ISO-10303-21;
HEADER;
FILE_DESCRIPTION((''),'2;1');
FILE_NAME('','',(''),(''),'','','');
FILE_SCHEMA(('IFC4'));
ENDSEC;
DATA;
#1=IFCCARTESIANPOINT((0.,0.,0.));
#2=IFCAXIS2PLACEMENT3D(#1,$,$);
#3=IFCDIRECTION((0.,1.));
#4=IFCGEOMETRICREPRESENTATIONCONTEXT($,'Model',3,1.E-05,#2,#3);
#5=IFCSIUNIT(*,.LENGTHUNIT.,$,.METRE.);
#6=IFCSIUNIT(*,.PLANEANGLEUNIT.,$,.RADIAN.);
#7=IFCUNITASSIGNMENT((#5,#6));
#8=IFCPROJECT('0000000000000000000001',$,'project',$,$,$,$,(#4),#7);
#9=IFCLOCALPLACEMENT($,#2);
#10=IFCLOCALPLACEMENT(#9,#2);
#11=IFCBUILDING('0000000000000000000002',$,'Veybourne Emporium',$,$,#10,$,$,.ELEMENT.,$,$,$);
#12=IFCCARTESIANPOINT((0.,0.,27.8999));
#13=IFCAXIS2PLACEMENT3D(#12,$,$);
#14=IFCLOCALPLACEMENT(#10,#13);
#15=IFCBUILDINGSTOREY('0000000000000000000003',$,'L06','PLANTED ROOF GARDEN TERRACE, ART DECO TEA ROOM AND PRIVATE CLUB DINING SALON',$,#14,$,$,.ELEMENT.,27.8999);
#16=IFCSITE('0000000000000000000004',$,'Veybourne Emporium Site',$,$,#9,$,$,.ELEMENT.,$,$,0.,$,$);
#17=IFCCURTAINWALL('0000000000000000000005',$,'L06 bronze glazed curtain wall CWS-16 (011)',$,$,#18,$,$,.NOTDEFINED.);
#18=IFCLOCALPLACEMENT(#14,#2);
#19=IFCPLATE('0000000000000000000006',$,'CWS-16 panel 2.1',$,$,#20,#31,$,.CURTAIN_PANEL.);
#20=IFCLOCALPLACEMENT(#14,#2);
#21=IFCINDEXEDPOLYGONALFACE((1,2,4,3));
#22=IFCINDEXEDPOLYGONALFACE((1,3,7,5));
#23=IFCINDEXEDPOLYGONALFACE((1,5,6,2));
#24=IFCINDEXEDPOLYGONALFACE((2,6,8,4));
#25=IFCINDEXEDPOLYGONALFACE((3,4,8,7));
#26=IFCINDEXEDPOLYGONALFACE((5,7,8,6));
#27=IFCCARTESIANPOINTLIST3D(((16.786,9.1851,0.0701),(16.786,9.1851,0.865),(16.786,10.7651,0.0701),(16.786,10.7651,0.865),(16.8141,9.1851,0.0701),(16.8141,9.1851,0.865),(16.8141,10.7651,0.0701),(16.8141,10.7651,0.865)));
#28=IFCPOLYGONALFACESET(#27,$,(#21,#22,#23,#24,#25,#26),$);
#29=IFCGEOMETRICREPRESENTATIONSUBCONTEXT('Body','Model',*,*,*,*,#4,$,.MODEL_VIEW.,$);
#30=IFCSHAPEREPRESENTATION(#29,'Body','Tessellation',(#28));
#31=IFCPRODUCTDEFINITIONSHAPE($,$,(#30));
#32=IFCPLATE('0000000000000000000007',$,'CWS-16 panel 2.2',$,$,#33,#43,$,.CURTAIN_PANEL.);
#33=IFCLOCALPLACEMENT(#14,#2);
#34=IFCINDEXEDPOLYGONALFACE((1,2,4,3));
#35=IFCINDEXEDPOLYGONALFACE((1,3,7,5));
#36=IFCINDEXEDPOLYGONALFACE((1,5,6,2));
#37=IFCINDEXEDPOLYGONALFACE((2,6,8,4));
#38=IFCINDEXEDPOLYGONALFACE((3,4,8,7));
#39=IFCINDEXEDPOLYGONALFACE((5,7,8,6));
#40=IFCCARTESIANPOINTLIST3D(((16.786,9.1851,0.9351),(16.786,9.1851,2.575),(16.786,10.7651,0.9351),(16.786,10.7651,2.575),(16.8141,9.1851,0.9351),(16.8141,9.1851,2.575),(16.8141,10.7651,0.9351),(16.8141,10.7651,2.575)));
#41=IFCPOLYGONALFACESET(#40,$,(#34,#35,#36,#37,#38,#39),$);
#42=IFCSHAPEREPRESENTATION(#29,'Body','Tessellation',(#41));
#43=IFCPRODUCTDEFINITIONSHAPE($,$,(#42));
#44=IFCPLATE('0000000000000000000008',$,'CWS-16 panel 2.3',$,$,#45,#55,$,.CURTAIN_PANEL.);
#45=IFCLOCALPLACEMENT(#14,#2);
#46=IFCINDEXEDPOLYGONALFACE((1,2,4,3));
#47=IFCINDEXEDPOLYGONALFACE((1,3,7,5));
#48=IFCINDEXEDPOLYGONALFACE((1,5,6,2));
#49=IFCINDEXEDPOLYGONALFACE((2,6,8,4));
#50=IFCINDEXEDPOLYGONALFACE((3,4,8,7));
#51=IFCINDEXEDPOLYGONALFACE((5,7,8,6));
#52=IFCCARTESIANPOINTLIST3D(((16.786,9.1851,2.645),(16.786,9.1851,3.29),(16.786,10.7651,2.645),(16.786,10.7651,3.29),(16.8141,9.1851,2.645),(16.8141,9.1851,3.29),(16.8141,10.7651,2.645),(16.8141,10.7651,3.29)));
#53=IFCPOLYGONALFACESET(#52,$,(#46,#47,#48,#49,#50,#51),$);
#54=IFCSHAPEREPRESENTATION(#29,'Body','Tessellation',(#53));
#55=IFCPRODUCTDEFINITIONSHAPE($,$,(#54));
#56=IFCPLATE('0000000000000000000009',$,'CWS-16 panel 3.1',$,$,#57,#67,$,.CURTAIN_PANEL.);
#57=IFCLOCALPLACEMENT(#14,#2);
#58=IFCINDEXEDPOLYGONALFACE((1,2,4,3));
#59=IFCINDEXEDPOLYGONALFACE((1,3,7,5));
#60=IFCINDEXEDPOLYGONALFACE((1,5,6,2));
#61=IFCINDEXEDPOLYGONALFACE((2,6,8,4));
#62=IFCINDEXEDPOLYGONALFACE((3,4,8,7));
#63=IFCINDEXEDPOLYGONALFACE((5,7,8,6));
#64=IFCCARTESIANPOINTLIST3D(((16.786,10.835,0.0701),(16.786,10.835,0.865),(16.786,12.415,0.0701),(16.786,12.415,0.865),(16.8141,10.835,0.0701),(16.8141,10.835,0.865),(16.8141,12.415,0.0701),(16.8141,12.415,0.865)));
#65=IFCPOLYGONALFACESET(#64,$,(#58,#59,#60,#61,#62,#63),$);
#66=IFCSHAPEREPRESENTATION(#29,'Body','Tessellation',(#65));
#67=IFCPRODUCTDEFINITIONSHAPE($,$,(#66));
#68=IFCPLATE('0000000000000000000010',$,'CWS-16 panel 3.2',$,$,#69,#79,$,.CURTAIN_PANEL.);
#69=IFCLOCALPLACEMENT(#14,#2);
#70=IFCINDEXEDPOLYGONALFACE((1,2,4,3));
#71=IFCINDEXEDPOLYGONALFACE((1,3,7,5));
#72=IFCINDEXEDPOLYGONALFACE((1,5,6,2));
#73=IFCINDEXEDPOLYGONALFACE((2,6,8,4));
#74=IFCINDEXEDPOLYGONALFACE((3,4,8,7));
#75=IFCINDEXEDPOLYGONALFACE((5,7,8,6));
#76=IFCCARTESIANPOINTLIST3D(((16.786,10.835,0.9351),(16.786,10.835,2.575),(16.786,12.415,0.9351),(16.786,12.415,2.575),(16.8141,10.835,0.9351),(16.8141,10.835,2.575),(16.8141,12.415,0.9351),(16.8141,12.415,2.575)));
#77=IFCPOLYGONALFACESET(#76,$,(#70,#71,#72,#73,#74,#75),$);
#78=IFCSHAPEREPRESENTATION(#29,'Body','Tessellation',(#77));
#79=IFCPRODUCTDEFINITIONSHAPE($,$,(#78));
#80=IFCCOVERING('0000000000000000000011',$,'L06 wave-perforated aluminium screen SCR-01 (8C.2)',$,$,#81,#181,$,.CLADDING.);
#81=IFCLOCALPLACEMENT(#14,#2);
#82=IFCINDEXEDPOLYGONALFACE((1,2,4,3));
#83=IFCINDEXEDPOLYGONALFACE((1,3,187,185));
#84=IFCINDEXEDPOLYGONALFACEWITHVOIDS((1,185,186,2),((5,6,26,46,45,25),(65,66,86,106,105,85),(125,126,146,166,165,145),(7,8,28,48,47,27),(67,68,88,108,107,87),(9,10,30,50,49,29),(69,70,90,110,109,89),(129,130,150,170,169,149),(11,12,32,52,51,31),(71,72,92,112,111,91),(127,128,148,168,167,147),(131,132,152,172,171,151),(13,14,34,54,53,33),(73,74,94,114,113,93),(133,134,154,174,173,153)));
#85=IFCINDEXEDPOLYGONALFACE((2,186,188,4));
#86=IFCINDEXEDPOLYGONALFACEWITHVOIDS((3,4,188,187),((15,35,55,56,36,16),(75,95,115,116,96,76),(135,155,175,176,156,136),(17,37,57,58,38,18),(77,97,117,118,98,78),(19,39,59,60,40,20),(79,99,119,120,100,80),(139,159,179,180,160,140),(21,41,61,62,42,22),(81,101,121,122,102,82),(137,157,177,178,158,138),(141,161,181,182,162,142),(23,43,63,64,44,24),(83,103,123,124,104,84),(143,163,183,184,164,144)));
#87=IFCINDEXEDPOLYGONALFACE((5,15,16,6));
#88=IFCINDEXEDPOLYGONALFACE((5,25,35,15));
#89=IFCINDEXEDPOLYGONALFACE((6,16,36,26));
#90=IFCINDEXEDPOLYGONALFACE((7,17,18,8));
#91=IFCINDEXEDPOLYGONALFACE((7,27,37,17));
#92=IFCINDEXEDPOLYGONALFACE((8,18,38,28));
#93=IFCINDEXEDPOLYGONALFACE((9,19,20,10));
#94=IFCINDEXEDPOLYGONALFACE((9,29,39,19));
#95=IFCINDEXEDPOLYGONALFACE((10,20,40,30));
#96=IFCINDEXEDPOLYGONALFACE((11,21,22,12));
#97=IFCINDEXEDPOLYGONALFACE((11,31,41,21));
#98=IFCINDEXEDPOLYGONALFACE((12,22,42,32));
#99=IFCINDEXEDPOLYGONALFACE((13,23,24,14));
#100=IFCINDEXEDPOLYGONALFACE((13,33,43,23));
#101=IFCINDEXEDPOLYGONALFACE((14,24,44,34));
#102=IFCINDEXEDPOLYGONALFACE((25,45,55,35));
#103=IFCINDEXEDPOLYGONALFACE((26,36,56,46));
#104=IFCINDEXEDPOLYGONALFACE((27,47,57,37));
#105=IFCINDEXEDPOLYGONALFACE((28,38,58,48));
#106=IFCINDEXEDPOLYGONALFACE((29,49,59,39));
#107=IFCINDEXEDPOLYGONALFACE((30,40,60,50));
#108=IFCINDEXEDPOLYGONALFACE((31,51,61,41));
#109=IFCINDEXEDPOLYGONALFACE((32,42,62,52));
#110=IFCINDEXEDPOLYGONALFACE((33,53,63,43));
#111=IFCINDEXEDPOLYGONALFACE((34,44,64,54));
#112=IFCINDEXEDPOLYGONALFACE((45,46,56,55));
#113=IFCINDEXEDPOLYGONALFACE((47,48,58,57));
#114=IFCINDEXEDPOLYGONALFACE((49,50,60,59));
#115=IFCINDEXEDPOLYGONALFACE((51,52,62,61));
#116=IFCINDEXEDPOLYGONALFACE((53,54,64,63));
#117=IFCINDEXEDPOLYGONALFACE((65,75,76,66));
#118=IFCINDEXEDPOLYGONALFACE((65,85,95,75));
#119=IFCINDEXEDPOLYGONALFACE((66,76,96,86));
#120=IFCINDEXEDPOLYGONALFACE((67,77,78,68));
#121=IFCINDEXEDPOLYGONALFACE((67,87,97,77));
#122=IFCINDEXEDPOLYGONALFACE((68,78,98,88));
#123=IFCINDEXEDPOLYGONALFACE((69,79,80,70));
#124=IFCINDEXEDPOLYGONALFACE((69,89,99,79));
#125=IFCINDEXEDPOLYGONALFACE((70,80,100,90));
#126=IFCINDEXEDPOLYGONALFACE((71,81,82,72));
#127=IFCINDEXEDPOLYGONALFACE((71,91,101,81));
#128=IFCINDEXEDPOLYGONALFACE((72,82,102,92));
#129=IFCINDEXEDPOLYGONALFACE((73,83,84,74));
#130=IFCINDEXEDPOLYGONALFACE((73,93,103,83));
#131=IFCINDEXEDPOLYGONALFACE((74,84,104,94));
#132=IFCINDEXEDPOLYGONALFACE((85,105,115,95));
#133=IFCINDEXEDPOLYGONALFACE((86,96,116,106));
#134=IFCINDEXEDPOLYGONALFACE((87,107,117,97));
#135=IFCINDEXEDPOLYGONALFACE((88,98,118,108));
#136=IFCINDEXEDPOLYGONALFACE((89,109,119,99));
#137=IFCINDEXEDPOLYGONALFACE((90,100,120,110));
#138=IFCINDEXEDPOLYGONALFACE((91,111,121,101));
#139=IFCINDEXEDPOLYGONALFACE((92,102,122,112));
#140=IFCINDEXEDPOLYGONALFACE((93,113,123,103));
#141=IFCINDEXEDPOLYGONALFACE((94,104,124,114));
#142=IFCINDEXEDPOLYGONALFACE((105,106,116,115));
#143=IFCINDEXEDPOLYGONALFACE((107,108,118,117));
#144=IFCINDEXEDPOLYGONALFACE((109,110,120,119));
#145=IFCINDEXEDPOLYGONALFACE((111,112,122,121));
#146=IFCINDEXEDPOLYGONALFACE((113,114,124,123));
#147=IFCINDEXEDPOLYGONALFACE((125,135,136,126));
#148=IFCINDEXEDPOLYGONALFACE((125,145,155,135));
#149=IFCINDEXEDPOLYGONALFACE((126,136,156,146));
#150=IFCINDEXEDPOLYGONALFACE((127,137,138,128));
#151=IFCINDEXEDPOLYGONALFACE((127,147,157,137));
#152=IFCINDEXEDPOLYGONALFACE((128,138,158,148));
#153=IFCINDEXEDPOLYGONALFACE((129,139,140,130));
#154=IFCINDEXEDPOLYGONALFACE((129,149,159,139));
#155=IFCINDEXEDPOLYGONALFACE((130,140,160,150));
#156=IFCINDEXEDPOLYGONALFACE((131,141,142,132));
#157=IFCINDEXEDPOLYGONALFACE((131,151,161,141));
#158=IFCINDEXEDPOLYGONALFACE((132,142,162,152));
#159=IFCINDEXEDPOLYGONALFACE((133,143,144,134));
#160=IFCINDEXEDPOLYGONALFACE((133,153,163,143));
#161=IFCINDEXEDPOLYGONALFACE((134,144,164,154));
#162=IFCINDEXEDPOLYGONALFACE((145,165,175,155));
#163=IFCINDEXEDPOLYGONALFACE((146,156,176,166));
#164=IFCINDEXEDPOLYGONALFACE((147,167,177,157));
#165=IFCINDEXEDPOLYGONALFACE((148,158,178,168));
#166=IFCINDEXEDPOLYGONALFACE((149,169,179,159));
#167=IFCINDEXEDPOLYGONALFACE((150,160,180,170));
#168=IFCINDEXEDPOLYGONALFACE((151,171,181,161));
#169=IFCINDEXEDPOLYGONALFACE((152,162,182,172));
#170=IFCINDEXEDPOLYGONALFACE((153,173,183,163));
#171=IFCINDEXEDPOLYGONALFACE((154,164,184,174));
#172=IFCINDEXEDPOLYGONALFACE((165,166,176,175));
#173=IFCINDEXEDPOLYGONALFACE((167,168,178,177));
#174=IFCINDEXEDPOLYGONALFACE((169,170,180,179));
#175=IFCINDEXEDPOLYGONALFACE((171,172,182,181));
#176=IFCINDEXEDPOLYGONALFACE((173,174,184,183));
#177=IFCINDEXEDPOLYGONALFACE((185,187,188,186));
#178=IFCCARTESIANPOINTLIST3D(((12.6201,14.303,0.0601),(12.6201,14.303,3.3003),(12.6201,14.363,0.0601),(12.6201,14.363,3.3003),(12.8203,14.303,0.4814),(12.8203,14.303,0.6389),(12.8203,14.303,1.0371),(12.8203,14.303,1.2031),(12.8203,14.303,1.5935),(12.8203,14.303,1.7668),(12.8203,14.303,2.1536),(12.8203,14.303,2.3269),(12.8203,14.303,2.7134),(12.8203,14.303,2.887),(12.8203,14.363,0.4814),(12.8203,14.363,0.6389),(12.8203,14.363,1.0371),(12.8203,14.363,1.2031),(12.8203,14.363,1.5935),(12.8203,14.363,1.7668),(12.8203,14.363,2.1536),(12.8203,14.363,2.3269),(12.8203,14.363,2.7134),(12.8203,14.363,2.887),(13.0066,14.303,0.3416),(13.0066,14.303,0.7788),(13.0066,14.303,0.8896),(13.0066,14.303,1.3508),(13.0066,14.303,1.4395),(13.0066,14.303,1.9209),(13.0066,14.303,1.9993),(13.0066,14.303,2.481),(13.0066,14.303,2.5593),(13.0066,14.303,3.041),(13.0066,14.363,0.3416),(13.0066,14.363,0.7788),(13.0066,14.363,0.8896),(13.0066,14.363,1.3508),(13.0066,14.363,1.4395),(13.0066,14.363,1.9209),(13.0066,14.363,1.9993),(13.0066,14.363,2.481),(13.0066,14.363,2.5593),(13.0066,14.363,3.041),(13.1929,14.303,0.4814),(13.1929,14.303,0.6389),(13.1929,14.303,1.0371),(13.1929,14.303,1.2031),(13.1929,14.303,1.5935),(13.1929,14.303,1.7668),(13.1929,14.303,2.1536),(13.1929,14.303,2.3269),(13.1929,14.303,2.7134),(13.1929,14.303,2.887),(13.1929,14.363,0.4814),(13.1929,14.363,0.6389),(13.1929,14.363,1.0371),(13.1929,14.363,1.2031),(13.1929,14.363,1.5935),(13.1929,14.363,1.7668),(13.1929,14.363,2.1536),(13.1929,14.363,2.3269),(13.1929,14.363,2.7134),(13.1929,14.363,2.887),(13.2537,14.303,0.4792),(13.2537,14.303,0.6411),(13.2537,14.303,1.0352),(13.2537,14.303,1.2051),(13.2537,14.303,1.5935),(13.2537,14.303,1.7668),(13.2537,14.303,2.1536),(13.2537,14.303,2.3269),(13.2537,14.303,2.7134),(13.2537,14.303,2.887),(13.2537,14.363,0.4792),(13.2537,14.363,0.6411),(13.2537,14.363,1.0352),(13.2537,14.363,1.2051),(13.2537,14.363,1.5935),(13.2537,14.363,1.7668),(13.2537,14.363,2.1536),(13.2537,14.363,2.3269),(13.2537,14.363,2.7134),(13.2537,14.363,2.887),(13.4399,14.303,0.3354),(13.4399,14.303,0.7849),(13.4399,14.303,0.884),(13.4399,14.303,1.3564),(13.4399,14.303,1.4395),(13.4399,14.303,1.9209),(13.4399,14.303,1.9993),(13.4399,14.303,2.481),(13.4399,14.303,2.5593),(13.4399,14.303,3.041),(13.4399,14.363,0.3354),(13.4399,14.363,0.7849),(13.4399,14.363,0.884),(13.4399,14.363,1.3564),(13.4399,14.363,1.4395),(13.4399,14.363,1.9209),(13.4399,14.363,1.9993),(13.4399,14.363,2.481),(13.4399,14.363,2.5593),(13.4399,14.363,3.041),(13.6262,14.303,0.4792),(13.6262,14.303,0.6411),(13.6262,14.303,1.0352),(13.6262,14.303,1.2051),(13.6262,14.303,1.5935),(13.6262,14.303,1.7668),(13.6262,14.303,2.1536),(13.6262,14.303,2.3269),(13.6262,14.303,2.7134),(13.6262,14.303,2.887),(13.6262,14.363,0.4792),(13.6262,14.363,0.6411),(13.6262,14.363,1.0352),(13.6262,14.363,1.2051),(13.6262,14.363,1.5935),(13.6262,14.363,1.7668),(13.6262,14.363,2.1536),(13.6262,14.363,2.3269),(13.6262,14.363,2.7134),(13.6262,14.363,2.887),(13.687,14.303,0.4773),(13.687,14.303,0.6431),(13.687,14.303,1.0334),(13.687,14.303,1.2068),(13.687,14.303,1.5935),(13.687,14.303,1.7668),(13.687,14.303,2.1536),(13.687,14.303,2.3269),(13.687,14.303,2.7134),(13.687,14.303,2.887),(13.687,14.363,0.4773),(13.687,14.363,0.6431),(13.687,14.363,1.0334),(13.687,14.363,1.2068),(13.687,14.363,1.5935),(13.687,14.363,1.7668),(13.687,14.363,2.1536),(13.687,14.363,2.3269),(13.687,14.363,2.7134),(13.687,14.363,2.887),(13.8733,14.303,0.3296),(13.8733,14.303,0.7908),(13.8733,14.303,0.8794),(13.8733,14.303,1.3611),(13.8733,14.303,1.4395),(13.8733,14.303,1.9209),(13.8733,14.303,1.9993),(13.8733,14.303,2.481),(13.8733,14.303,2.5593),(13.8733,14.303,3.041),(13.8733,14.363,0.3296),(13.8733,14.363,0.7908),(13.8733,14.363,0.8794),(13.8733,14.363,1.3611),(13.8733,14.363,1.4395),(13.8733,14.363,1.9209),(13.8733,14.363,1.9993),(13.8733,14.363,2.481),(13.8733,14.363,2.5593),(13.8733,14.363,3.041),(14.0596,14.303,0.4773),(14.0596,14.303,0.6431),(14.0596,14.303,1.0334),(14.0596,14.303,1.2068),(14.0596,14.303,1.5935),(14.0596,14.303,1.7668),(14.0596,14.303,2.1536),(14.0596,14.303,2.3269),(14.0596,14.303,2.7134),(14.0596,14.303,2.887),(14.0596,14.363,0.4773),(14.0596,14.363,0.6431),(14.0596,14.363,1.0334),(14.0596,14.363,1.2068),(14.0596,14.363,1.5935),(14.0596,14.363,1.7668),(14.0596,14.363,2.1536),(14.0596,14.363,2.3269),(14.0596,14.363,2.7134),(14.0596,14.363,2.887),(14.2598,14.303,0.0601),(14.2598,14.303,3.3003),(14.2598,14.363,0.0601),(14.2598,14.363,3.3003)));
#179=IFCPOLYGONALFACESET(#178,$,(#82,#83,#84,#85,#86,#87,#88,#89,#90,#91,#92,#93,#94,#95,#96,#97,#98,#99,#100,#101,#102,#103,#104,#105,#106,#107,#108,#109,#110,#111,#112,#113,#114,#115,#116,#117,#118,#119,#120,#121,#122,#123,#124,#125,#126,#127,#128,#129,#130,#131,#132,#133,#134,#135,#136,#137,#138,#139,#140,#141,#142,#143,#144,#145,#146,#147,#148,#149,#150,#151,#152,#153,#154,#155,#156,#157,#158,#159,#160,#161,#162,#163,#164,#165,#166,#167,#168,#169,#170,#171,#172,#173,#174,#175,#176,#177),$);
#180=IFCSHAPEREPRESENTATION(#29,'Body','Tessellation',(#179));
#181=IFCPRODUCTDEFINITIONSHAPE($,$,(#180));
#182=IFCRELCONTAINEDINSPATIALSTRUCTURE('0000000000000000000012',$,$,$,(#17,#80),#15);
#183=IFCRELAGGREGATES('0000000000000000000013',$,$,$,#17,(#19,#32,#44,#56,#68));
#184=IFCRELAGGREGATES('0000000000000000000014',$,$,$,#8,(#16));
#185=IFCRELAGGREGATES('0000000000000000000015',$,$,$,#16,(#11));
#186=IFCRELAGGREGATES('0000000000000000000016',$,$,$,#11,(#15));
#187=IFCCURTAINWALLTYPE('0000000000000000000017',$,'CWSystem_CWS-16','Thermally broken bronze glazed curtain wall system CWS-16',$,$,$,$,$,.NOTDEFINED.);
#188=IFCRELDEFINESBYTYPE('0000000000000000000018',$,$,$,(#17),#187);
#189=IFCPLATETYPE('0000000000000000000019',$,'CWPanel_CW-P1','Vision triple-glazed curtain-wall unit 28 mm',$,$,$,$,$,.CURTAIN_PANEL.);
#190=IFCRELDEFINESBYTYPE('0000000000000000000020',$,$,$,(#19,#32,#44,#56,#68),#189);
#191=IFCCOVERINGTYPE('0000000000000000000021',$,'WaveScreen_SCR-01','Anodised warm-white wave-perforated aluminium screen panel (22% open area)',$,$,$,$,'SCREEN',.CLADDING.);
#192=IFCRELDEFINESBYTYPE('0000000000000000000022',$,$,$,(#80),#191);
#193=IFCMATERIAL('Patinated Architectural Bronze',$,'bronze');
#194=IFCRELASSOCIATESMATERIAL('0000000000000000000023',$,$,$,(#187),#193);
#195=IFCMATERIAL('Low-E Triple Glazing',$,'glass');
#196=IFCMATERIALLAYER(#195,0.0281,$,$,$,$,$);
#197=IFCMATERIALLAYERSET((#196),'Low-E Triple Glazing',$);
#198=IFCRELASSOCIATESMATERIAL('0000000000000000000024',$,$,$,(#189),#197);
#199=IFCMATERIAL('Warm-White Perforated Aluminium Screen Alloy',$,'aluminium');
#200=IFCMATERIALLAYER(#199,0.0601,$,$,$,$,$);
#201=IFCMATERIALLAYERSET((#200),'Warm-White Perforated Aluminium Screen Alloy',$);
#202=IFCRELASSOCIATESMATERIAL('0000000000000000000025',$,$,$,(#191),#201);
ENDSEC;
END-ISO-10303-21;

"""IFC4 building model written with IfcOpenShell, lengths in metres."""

from ifc_helpers import new_model, si_unit, direction, frame, origin, origin_2d, place, context, subcontext, project, spatial, polyline, rectangle, outline, extrude, material, layer, layer_set, type_object, element, aggregate, save


model = new_model("IFC4")

# Units and contexts
model_context = context("Model", 3, precision=1e-05, world=origin(), true_north=direction((0.0, 1.0)))
body_context = subcontext(model_context, "Body", "Model", "MODEL_VIEW")
ifc_project = project(units=[si_unit("LENGTHUNIT", "METRE"), si_unit("PLANEANGLEUNIT", "RADIAN")], contexts=[model_context])

# Site, building, storey
site_placement = place(None, origin())
site = spatial("IfcSite", under=ifc_project, at=site_placement, Name="Veybourne Emporium Site", CompositionType="ELEMENT", RefElevation=0.0)
building_placement = place(site_placement, origin())
building = spatial("IfcBuilding", under=site, at=building_placement, Name="Veybourne Emporium", CompositionType="ELEMENT")
storey_placement = place(building_placement, frame((0.0, 0.0, 27.8999)))
storey = spatial("IfcBuildingStorey", under=building, at=storey_placement, Name="L06", Description="PLANTED ROOF GARDEN TERRACE, ART DECO TEA ROOM AND PRIVATE CLUB DINING SALON", CompositionType="ELEMENT", Elevation=27.8999)

# Curtain wall
ifc_material_1 = material(Name="Patinated Architectural Bronze", Category="bronze")
curtain_wall_type_1 = type_object("IfcCurtainWallType", Name="CWSystem_CWS-16", Description="Thermally broken bronze glazed curtain wall system CWS-16", PredefinedType="NOTDEFINED", material=ifc_material_1)
curtain_wall_1_placement = place(storey_placement, origin())
curtain_wall_1 = element("IfcCurtainWall", 1, at=curtain_wall_1_placement, inside=storey, type_object=curtain_wall_type_1, Name="L06 bronze glazed curtain wall CWS-16 (011)", PredefinedType="NOTDEFINED")

# Plates
ifc_material_2 = material(Name="Low-E Triple Glazing", Category="glass")
ifc_layer_1 = layer(ifc_material_2, 0.0281)
ifc_layer_set_1 = layer_set([ifc_layer_1], Name="Low-E Triple Glazing")
plate_type = type_object("IfcPlateType", Name="CWPanel_CW-P1", Description="Vision triple-glazed curtain-wall unit 28 mm", PredefinedType="CURTAIN_PANEL", material=ifc_layer_set_1)
plate_1_placement = place(storey_placement, frame((16.8, 9.9751, 0.0701), z_axis=(0.0, 0.0, 1.0), x_axis=(0.0, 1.0, 0.0)))
plate_1 = element("IfcPlate", 2, at=plate_1_placement, type_object=plate_type, Name="CWS-16 panel 2.1", PredefinedType="CURTAIN_PANEL", context=body_context, shape_type="SweptSolid", body=[
    extrude(rectangle(XDim=1.5801, YDim=0.0281, at=origin_2d()), origin(), (0.0, 0.0, 1.0), 0.7949),
])
plate_2_placement = place(storey_placement, frame((16.8, 9.9751, 0.9351), z_axis=(0.0, 0.0, 1.0), x_axis=(0.0, 1.0, 0.0)))
plate_2 = element("IfcPlate", 3, at=plate_2_placement, type_object=plate_type, Name="CWS-16 panel 2.2", PredefinedType="CURTAIN_PANEL", context=body_context, shape_type="SweptSolid", body=[
    extrude(rectangle(XDim=1.5801, YDim=0.0281, at=origin_2d()), origin(), (0.0, 0.0, 1.0), 1.6399),
])
plate_3_placement = place(storey_placement, frame((16.8, 9.9751, 2.645), z_axis=(0.0, 0.0, 1.0), x_axis=(0.0, 1.0, 0.0)))
plate_3 = element("IfcPlate", 4, at=plate_3_placement, type_object=plate_type, Name="CWS-16 panel 2.3", PredefinedType="CURTAIN_PANEL", context=body_context, shape_type="SweptSolid", body=[
    extrude(rectangle(XDim=1.5801, YDim=0.0281, at=origin_2d()), origin(), (0.0, 0.0, 1.0), 0.645),
])
plate_4_placement = place(storey_placement, frame((16.8, 11.625, 0.0701), z_axis=(0.0, 0.0, 1.0), x_axis=(0.0, 1.0, 0.0)))
plate_4 = element("IfcPlate", 5, at=plate_4_placement, type_object=plate_type, Name="CWS-16 panel 3.1", PredefinedType="CURTAIN_PANEL", context=body_context, shape_type="SweptSolid", body=[
    extrude(rectangle(XDim=1.5801, YDim=0.0281, at=origin_2d()), origin(), (0.0, 0.0, 1.0), 0.7949),
])
plate_5_placement = place(storey_placement, frame((16.8, 11.625, 0.9351), z_axis=(0.0, 0.0, 1.0), x_axis=(0.0, 1.0, 0.0)))
plate_5 = element("IfcPlate", 6, at=plate_5_placement, type_object=plate_type, Name="CWS-16 panel 3.2", PredefinedType="CURTAIN_PANEL", context=body_context, shape_type="SweptSolid", body=[
    extrude(rectangle(XDim=1.5801, YDim=0.0281, at=origin_2d()), origin(), (0.0, 0.0, 1.0), 1.6399),
])
aggregate(curtain_wall_1, [plate_1, plate_2, plate_3, plate_4, plate_5])

# Covering
ifc_material_3 = material(Name="Warm-White Perforated Aluminium Screen Alloy", Category="aluminium")
ifc_layer_2 = layer(ifc_material_3, 0.0601)
ifc_layer_set_2 = layer_set([ifc_layer_2], Name="Warm-White Perforated Aluminium Screen Alloy")
covering_type_1 = type_object("IfcCoveringType", Name="WaveScreen_SCR-01", Description="Anodised warm-white wave-perforated aluminium screen panel (22% open area)", ElementType="SCREEN", PredefinedType="CLADDING", material=ifc_layer_set_2)
covering_1_placement = place(storey_placement, frame((13.4399, 14.303, 1.6802), z_axis=(0.0, 1.0, 0.0), x_axis=(-1.0, 0.0, 0.0)))
element("IfcCovering", 7, at=covering_1_placement, inside=storey, type_object=covering_type_1, Name="L06 wave-perforated aluminium screen SCR-01 (8C.2)", PredefinedType="CLADDING", context=body_context, shape_type="SweptSolid", body=[
    extrude(outline(polyline([(-0.8198, -1.6201), (0.8198, -1.6201), (0.8198, 1.6201), (-0.8198, 1.6201), (-0.8198, -1.6201)]), holes=[polyline([(-0.4333, -0.8894), (-0.2471, -1.0371), (-0.2471, -1.2029), (-0.4333, -1.3506), (-0.6196, -1.2029), (-0.6196, -1.0371), (-0.4333, -0.8894)]), polyline([(-0.4333, -0.3191), (-0.2471, -0.4734), (-0.2471, -0.6467), (-0.4333, -0.8008), (-0.6196, -0.6467), (-0.6196, -0.4734), (-0.4333, -0.3191)]), polyline([(-0.4333, 0.2407), (-0.2471, 0.0867), (-0.2471, -0.0867), (-0.4333, -0.2407), (-0.6196, -0.0867), (-0.6196, 0.0867), (-0.4333, 0.2407)]), polyline([(-0.4333, 0.8008), (-0.2471, 0.6467), (-0.2471, 0.4734), (-0.4333, 0.3191), (-0.6196, 0.4734), (-0.6196, 0.6467), (-0.4333, 0.8008)]), polyline([(-0.4333, 1.3608), (-0.2471, 1.2068), (-0.2471, 1.0332), (-0.4333, 0.8792), (-0.6196, 1.0332), (-0.6196, 1.2068), (-0.4333, 1.3608)]), polyline([(0.0, -0.8953), (0.1863, -1.0391), (0.1863, -1.2009), (0.0, -1.3447), (-0.1863, -1.2009), (-0.1863, -1.0391), (0.0, -0.8953)]), polyline([(0.0, -0.3237), (0.1863, -0.4751), (0.1863, -0.645), (0.0, -0.7961), (-0.1863, -0.645), (-0.1863, -0.4751), (0.0, -0.3237)]), polyline([(0.0, 0.2407), (0.1863, 0.0867), (0.1863, -0.0867), (0.0, -0.2407), (-0.1863, -0.0867), (-0.1863, 0.0867), (0.0, 0.2407)]), polyline([(0.0, 0.8008), (0.1863, 0.6467), (0.1863, 0.4734), (0.0, 0.3191), (-0.1863, 0.4734), (-0.1863, 0.6467), (0.0, 0.8008)]), polyline([(0.0, 1.3608), (0.1863, 1.2068), (0.1863, 1.0332), (0.0, 0.8792), (-0.1863, 1.0332), (-0.1863, 1.2068), (0.0, 1.3608)]), polyline([(0.4333, -0.9014), (0.6196, -1.0413), (0.6196, -1.1987), (0.4333, -1.3386), (0.2471, -1.1987), (0.2471, -1.0413), (0.4333, -0.9014)]), polyline([(0.4333, -0.3293), (0.6196, -0.4771), (0.6196, -0.6431), (0.4333, -0.7905), (0.2471, -0.6431), (0.2471, -0.4771), (0.4333, -0.3293)]), polyline([(0.4333, 0.2407), (0.6196, 0.0867), (0.6196, -0.0867), (0.4333, -0.2407), (0.2471, -0.0867), (0.2471, 0.0867), (0.4333, 0.2407)]), polyline([(0.4333, 0.8008), (0.6196, 0.6467), (0.6196, 0.4734), (0.4333, 0.3191), (0.2471, 0.4734), (0.2471, 0.6467), (0.4333, 0.8008)]), polyline([(0.4333, 1.3608), (0.6196, 1.2068), (0.6196, 1.0332), (0.4333, 0.8792), (0.2471, 1.0332), (0.2471, 1.2068), (0.4333, 1.3608)])]), origin(), (0.0, 0.0, 1.0), 0.0601),
])

save(model, "model.ifc")
